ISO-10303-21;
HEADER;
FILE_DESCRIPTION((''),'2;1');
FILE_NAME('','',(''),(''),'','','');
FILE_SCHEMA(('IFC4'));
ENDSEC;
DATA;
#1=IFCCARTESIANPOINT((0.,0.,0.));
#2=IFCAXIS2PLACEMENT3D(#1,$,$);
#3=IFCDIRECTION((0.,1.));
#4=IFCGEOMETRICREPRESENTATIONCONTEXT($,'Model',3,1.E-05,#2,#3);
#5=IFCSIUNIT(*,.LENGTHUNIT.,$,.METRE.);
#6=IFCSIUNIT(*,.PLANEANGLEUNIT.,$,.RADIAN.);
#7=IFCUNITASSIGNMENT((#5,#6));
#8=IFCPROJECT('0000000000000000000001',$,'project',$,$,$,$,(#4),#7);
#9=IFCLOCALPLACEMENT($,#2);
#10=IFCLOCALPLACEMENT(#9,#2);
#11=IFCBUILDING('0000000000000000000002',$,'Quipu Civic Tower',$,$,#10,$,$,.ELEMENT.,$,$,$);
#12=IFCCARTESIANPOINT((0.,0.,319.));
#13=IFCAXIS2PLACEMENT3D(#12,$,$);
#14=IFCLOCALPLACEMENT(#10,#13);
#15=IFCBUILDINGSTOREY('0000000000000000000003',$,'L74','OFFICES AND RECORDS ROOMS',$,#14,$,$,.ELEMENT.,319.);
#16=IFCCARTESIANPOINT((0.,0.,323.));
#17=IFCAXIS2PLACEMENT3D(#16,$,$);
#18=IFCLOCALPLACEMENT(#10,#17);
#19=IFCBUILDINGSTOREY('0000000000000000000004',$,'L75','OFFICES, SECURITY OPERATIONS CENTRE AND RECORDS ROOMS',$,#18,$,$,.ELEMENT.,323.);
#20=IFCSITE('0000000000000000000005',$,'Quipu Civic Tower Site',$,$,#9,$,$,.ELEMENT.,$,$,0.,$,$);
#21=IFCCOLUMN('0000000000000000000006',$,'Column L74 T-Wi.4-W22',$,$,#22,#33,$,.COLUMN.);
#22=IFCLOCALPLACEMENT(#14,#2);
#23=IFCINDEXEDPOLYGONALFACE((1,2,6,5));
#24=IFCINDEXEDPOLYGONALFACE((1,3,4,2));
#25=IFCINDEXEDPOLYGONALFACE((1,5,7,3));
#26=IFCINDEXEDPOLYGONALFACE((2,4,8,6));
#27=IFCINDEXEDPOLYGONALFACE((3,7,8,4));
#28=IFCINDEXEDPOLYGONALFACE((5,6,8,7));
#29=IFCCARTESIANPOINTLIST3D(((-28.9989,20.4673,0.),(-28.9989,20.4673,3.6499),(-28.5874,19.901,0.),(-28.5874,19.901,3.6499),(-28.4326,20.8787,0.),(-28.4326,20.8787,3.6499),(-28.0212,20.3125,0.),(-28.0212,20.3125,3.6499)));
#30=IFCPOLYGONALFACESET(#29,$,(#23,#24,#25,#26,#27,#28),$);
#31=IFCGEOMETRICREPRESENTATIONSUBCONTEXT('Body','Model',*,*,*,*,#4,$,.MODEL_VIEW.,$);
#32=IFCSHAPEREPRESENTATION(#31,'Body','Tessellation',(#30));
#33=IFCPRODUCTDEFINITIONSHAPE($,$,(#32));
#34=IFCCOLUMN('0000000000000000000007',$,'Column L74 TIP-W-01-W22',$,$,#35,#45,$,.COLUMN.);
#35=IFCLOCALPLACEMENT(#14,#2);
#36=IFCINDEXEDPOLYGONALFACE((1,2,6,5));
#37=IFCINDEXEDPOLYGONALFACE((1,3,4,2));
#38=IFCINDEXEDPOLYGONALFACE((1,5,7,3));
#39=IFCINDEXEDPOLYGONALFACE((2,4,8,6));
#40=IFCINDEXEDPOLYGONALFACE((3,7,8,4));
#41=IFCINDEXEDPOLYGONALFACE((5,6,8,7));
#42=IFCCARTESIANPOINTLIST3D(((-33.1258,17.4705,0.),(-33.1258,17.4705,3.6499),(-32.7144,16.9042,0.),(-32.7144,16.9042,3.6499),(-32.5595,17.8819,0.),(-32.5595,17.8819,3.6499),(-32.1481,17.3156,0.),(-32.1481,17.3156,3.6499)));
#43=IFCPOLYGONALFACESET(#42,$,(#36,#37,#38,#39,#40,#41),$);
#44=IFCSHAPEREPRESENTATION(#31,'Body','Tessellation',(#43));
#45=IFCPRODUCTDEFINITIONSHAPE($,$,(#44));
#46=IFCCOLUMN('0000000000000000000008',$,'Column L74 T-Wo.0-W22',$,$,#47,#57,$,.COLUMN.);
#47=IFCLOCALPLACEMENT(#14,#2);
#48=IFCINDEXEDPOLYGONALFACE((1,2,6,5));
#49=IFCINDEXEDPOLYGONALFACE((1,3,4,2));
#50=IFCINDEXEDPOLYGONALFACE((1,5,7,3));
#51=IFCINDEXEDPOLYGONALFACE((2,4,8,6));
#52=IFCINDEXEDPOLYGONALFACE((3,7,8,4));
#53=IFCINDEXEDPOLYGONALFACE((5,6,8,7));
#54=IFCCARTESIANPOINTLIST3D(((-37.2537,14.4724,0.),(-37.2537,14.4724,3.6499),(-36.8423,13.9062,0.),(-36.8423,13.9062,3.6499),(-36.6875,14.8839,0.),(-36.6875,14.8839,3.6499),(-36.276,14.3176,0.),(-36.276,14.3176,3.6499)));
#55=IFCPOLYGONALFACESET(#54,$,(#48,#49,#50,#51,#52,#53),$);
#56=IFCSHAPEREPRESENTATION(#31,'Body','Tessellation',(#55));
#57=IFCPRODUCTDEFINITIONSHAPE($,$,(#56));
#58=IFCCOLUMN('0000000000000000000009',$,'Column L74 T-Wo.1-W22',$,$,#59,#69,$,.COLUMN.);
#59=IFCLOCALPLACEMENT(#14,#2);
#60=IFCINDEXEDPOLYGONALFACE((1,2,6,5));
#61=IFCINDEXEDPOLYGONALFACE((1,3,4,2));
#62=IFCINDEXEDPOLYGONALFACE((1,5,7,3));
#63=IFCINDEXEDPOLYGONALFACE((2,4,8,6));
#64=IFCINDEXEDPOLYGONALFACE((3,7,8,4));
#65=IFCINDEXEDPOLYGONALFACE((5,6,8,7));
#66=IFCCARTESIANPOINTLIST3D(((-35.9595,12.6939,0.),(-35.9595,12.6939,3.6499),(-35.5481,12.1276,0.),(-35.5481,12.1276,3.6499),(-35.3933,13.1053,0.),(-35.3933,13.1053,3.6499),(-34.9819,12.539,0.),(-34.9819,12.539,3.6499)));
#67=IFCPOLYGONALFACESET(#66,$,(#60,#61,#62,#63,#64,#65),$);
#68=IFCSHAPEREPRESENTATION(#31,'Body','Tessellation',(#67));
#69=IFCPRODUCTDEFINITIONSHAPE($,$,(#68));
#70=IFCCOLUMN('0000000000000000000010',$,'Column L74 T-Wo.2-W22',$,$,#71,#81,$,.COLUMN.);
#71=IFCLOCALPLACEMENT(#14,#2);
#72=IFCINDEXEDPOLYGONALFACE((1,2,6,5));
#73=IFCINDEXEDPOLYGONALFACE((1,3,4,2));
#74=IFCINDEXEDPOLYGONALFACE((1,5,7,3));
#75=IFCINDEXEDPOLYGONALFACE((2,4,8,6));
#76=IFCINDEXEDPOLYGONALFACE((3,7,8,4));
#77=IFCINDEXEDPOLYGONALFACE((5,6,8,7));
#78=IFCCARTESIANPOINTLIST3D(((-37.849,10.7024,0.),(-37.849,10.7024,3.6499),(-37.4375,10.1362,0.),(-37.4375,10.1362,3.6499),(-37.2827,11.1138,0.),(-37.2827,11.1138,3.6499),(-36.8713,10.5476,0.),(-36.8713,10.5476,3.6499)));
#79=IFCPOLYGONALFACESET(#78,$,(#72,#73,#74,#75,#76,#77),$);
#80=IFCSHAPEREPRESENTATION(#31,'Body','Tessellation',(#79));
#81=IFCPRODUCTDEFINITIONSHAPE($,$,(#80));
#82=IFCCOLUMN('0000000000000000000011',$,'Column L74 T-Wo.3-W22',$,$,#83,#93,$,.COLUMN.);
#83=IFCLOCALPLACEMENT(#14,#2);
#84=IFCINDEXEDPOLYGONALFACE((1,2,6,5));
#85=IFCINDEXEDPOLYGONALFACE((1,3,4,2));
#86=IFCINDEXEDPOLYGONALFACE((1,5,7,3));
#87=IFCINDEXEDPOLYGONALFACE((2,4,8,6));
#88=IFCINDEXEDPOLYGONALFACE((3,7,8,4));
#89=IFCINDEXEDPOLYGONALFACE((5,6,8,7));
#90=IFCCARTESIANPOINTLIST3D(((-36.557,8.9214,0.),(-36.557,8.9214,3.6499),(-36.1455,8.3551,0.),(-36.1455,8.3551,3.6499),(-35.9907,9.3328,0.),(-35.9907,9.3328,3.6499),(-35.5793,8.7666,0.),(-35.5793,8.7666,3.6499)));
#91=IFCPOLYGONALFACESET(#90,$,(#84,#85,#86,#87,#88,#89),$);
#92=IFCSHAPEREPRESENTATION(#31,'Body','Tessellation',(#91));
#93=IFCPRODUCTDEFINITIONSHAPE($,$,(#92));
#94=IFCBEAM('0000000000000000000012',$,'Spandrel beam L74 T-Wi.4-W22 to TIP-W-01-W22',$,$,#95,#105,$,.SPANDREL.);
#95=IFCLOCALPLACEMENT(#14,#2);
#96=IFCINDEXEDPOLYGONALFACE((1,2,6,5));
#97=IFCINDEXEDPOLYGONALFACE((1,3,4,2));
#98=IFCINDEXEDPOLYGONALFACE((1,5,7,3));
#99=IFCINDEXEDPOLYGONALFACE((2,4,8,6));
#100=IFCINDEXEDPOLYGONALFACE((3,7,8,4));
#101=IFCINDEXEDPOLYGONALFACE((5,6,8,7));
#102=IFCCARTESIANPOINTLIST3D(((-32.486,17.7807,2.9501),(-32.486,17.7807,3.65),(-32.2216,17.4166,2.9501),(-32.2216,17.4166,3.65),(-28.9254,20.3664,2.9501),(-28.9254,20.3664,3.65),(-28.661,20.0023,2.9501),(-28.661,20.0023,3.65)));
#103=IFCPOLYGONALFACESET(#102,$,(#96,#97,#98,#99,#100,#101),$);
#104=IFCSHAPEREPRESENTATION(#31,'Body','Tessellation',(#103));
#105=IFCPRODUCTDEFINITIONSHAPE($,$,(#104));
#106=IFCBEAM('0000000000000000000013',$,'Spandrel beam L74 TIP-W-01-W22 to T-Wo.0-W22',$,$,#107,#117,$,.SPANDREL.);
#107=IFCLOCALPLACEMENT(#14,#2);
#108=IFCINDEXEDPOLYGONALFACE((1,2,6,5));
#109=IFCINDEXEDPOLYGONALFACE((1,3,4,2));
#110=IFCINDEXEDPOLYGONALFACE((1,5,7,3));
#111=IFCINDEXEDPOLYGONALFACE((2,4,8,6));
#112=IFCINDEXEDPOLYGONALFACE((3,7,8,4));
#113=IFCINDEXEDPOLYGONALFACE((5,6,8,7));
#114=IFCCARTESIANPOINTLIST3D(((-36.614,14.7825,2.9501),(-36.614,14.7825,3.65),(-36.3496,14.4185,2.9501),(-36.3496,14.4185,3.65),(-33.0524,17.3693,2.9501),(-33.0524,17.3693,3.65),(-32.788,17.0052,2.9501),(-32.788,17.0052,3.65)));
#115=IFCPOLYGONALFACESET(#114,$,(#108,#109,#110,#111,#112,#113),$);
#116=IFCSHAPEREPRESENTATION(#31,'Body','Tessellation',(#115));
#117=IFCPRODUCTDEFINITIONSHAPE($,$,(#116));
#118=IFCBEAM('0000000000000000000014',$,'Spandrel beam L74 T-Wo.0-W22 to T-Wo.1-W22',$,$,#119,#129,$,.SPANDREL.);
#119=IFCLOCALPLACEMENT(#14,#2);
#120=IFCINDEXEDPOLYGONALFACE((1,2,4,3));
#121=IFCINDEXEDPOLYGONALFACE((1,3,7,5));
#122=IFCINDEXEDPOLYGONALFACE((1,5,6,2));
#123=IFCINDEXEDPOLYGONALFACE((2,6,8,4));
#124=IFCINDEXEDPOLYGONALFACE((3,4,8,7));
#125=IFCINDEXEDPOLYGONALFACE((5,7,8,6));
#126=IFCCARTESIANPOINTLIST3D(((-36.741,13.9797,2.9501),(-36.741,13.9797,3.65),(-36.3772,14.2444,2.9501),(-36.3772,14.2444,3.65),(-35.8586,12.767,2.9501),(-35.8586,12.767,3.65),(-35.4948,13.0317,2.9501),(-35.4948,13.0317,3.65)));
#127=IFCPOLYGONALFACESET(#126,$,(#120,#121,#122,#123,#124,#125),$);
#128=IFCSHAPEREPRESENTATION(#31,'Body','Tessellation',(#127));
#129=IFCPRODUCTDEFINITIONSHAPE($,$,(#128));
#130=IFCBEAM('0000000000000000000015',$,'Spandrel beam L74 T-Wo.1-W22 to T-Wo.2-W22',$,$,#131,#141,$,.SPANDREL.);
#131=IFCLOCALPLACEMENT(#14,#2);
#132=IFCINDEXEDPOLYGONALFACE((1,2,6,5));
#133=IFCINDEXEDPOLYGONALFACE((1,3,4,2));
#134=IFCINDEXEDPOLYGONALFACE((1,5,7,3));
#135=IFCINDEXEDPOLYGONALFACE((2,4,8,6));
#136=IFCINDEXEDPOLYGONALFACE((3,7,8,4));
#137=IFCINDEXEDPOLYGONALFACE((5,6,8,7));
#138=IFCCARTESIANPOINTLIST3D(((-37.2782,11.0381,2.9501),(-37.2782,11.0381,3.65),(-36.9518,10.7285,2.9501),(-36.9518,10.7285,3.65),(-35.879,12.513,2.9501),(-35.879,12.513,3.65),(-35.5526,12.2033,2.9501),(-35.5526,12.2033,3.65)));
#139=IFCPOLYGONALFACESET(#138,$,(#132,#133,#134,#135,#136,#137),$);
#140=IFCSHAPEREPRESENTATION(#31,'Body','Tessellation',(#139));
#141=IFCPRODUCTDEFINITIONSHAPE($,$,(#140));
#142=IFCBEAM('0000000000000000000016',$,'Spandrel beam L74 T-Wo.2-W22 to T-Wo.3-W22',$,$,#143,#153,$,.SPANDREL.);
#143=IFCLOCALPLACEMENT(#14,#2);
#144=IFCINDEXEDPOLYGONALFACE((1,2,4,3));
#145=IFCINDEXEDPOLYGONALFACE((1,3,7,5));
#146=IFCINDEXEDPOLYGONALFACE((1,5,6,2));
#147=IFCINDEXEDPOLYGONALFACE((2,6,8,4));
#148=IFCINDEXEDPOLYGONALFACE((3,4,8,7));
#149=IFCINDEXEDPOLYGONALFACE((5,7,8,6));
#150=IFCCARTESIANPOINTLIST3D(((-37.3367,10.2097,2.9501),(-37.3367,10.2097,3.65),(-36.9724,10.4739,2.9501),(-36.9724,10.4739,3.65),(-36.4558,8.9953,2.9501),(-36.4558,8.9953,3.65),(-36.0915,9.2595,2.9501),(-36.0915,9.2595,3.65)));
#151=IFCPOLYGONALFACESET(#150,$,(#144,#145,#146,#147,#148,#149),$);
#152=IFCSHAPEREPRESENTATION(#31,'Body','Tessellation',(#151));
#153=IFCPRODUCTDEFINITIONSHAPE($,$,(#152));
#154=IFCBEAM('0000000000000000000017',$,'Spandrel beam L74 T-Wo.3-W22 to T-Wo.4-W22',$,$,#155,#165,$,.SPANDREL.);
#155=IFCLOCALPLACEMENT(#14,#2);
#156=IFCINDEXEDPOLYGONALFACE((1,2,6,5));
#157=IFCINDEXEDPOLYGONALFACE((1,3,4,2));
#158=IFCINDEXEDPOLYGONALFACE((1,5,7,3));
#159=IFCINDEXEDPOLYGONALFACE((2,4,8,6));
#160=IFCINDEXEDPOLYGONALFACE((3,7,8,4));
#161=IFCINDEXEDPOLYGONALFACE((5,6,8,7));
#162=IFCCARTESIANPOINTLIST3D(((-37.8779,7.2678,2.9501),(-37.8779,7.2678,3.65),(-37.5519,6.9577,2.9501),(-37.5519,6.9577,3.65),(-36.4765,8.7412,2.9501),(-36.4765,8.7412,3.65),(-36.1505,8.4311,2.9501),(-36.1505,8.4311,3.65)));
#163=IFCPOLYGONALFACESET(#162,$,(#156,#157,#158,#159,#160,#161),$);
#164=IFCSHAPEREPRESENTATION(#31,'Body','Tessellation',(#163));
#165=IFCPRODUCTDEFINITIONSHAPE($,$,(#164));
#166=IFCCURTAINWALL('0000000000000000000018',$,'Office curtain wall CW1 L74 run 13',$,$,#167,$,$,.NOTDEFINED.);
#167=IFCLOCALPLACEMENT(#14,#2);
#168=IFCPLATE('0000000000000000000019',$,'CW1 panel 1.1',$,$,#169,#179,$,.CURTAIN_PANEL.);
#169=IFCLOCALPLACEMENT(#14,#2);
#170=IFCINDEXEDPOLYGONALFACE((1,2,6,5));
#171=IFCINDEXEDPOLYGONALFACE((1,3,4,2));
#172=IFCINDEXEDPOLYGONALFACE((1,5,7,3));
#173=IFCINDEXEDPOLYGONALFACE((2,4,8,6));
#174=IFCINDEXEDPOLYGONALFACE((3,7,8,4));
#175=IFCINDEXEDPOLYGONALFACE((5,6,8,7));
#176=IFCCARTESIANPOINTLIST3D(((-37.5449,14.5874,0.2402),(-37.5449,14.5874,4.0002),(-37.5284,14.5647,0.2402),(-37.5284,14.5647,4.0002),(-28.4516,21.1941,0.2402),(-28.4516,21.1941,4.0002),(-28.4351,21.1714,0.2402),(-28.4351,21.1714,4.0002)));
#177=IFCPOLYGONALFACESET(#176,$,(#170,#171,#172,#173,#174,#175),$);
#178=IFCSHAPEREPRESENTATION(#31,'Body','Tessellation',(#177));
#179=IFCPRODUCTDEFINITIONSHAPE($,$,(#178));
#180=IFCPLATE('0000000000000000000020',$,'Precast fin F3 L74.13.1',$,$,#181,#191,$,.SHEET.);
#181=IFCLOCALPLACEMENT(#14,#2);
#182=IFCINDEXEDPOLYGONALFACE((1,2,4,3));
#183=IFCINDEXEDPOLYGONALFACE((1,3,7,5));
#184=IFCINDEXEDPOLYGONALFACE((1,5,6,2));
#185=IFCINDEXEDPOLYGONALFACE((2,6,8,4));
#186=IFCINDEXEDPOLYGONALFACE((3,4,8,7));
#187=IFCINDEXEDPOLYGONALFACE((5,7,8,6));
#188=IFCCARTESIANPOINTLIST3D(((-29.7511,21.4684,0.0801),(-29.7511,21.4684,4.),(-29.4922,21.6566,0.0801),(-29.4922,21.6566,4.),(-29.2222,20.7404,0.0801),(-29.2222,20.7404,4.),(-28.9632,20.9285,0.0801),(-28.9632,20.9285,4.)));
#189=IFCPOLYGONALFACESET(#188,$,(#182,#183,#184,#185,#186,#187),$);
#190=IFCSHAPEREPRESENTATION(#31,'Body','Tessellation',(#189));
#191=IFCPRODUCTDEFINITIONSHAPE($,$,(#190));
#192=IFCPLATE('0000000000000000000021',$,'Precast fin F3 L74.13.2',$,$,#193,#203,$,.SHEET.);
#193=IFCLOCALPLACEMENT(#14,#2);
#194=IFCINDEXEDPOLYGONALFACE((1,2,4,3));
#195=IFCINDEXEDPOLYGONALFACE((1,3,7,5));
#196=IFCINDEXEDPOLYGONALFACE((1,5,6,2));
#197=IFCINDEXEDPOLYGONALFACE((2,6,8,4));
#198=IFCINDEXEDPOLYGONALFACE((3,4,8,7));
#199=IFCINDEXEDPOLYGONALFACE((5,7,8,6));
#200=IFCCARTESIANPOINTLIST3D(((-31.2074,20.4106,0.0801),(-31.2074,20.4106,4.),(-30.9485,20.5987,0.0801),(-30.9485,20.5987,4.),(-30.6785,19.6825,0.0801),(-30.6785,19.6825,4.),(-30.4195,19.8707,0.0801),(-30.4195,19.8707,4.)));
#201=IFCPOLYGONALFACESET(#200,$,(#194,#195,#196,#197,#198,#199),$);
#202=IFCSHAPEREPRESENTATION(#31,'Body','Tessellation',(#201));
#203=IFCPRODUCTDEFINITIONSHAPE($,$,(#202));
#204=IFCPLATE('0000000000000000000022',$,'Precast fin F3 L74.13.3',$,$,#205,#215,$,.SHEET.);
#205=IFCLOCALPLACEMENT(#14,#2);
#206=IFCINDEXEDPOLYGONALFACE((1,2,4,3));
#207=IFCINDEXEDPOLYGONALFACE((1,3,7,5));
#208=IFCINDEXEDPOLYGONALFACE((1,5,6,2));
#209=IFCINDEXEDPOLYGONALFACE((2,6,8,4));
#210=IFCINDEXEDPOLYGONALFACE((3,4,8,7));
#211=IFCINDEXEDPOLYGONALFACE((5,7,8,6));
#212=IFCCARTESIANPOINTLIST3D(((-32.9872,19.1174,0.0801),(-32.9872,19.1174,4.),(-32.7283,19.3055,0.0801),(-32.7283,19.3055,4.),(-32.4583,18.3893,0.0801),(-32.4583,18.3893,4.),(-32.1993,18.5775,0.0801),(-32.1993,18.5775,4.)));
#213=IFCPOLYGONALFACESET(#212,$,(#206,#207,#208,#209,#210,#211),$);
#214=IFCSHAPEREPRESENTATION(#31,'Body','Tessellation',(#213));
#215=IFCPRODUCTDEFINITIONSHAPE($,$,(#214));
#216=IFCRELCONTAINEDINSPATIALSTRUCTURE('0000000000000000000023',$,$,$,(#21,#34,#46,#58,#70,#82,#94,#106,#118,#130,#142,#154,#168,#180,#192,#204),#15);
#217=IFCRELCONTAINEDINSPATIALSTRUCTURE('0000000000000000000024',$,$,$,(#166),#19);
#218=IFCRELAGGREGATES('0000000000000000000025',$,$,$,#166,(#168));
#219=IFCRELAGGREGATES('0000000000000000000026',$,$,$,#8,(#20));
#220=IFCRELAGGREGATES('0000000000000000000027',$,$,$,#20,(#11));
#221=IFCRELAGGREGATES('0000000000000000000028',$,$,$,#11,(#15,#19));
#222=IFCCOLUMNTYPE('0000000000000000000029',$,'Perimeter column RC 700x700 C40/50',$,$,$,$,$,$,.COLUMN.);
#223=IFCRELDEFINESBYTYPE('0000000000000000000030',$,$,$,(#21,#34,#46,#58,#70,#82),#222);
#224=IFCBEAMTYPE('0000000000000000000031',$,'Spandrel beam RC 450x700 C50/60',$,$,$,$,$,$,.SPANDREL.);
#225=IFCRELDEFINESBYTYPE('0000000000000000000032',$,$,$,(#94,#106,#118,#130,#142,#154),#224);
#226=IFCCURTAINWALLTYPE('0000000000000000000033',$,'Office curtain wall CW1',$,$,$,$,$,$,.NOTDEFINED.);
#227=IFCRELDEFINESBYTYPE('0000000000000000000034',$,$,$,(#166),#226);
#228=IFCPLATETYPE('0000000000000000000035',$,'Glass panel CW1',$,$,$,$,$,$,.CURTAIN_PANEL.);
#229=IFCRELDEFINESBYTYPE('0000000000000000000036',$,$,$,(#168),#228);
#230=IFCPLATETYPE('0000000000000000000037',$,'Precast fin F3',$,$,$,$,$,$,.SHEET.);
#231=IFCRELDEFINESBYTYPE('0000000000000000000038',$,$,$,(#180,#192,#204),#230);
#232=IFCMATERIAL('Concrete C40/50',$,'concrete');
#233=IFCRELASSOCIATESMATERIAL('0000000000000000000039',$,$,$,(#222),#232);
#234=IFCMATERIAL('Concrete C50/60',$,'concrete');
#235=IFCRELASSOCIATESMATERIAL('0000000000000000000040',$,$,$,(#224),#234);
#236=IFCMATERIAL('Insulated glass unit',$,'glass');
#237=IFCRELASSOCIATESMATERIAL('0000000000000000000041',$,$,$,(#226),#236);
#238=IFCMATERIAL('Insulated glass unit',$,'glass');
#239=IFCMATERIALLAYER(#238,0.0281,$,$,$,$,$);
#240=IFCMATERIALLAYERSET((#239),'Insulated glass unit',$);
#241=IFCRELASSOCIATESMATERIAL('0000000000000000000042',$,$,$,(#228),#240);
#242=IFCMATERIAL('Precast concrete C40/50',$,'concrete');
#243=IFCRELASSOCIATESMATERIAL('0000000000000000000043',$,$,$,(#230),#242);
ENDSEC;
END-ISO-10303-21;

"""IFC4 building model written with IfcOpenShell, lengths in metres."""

from ifc_helpers import new_model, si_unit, direction, frame, origin, origin_2d, place, context, subcontext, project, spatial, rectangle, extrude, material, layer, layer_set, material_profile, profile_set, type_object, element, aggregate, save


model = new_model("IFC4")

# Units and contexts
model_context = context("Model", 3, precision=1e-05, world=origin(), true_north=direction((0.0, 1.0)))
body_context = subcontext(model_context, "Body", "Model", "MODEL_VIEW")
ifc_project = project(units=[si_unit("LENGTHUNIT", "METRE"), si_unit("PLANEANGLEUNIT", "RADIAN")], contexts=[model_context])

# Site, building, storey
site_placement = place(None, origin())
site = spatial("IfcSite", under=ifc_project, at=site_placement, Name="Quipu Civic Tower Site", CompositionType="ELEMENT", RefElevation=0.0)
building_placement = place(site_placement, origin())
building = spatial("IfcBuilding", under=site, at=building_placement, Name="Quipu Civic Tower", CompositionType="ELEMENT")
storey_1_placement = place(building_placement, frame((0.0, 0.0, 319.0)))
storey_1 = spatial("IfcBuildingStorey", under=building, at=storey_1_placement, Name="L74", Description="OFFICES AND RECORDS ROOMS", CompositionType="ELEMENT", Elevation=319.0)

# Columns
ifc_material_1 = material(Name="Concrete C40/50", Category="concrete")
ifc_material_profile_1 = material_profile(ifc_material_1, rectangle(XDim=0.7, YDim=0.7, at=origin_2d()), Name="RC700x700")
ifc_profile_set_1 = profile_set([ifc_material_profile_1], Name="Concrete C40/50")
column_type = type_object("IfcColumnType", Name="Perimeter column RC 700x700 C40/50", PredefinedType="COLUMN", material=ifc_profile_set_1)
for number, where, z_axis, x_axis, name in (
    (1, (-28.51, 20.3899, 0.0), (0.0, 0.0, 1.0), (-0.809017, -0.587785, 0.0), "Column L74 T-Wi.4-W22"),
    (2, (-32.637, 17.3931, 0.0), (0.0, 0.0, 1.0), (-0.809017, -0.587785, 0.0), "Column L74 TIP-W-01-W22"),
    (3, (-36.7649, 14.395, 0.0), (0.0, 0.0, 1.0), (0.587785, -0.809017, 0.0), "Column L74 T-Wo.0-W22"),
    (4, (-35.4707, 12.6165, 0.0), (0.0, 0.0, 1.0), (-0.809017, -0.587785, 0.0), "Column L74 T-Wo.1-W22"),
    (5, (-37.3601, 10.625, 0.0), (0.0, 0.0, 1.0), (0.587785, -0.809017, 0.0), "Column L74 T-Wo.2-W22"),
    (6, (-36.0681, 8.844, 0.0), (0.0, 0.0, 1.0), (0.587785, -0.809017, 0.0), "Column L74 T-Wo.3-W22"),
):
    element("IfcColumn", number, at=place(storey_1_placement, frame(where, z_axis=z_axis, x_axis=x_axis)), inside=storey_1, type_object=column_type, Name=name, PredefinedType="COLUMN", context=body_context, shape_type="SweptSolid", body=[
        extrude(rectangle(XDim=0.7, YDim=0.7, at=origin_2d()), origin(), (0.0, 0.0, 1.0), 3.6499),
    ])

# Beams
ifc_material_2 = material(Name="Concrete C50/60", Category="concrete")
ifc_material_profile_2 = material_profile(ifc_material_2, rectangle(XDim=0.45, YDim=0.7, at=origin_2d()), Name="RC450x700")
ifc_profile_set_2 = profile_set([ifc_material_profile_2], Name="Concrete C50/60")
beam_type = type_object("IfcBeamType", Name="Spandrel beam RC 450x700 C50/60", PredefinedType="SPANDREL", material=ifc_profile_set_2)
beam_1_placement = place(storey_1_placement, frame((-28.7932, 20.1843, 3.3), z_axis=(-0.809146, -0.587607, 0.0), x_axis=(0.587607, -0.809146, 0.0)))
element("IfcBeam", 7, at=beam_1_placement, inside=storey_1, type_object=beam_type, Name="Spandrel beam L74 T-Wi.4-W22 to TIP-W-01-W22", PredefinedType="SPANDREL", context=body_context, shape_type="SweptSolid", body=[
    extrude(rectangle(XDim=0.45, YDim=0.7, at=origin_2d()), origin(), (0.0, 0.0, 1.0), 4.4004),
])
beam_2_placement = place(storey_1_placement, frame((-32.9202, 17.1873, 3.3), z_axis=(-0.809117, -0.587647, 0.0), x_axis=(0.587647, -0.809117, 0.0)))
element("IfcBeam", 8, at=beam_2_placement, inside=storey_1, type_object=beam_type, Name="Spandrel beam L74 TIP-W-01-W22 to T-Wo.0-W22", PredefinedType="SPANDREL", context=body_context, shape_type="SweptSolid", body=[
    extrude(rectangle(XDim=0.45, YDim=0.7, at=origin_2d()), origin(), (0.0, 0.0, 1.0), 4.4019),
])
beam_3_placement = place(storey_1_placement, frame((-36.5591, 14.1121, 3.3), z_axis=(0.588346, -0.808609, 0.0), x_axis=(0.808609, 0.588346, 0.0)))
element("IfcBeam", 9, at=beam_3_placement, inside=storey_1, type_object=beam_type, Name="Spandrel beam L74 T-Wo.0-W22 to T-Wo.1-W22", PredefinedType="SPANDREL", context=body_context, shape_type="SweptSolid", body=[
    extrude(rectangle(XDim=0.45, YDim=0.7, at=origin_2d()), origin(), (0.0, 0.0, 1.0), 1.4998),
])
beam_4_placement = place(storey_1_placement, frame((-35.7158, 12.3582, 3.3), z_axis=(-0.688247, -0.725476, 0.0), x_axis=(0.725476, -0.688247, 0.0)))
element("IfcBeam", 10, at=beam_4_placement, inside=storey_1, type_object=beam_type, Name="Spandrel beam L74 T-Wo.1-W22 to T-Wo.2-W22", PredefinedType="SPANDREL", context=body_context, shape_type="SweptSolid", body=[
    extrude(rectangle(XDim=0.45, YDim=0.7, at=origin_2d()), origin(), (0.0, 0.0, 1.0), 2.033),
])
beam_5_placement = place(storey_1_placement, frame((-37.1545, 10.3418, 3.3), z_axis=(0.587165, -0.809467, 0.0), x_axis=(0.809467, 0.587165, 0.0)))
element("IfcBeam", 11, at=beam_5_placement, inside=storey_1, type_object=beam_type, Name="Spandrel beam L74 T-Wo.2-W22 to T-Wo.3-W22", PredefinedType="SPANDREL", context=body_context, shape_type="SweptSolid", body=[
    extrude(rectangle(XDim=0.45, YDim=0.7, at=origin_2d()), origin(), (0.0, 0.0, 1.0), 1.5002),
])
beam_6_placement = place(storey_1_placement, frame((-36.3135, 8.5862, 3.3), z_axis=(-0.689175, -0.724595, 0.0), x_axis=(0.724595, -0.689175, 0.0)))
element("IfcBeam", 12, at=beam_6_placement, inside=storey_1, type_object=beam_type, Name="Spandrel beam L74 T-Wo.3-W22 to T-Wo.4-W22", PredefinedType="SPANDREL", context=body_context, shape_type="SweptSolid", body=[
    extrude(rectangle(XDim=0.45, YDim=0.7, at=origin_2d()), origin(), (0.0, 0.0, 1.0), 2.0334),
])

# Shared definitions
storey_2_placement = place(building_placement, frame((0.0, 0.0, 323.0)))
storey_2 = spatial("IfcBuildingStorey", under=building, at=storey_2_placement, Name="L75", Description="OFFICES, SECURITY OPERATIONS CENTRE AND RECORDS ROOMS", CompositionType="ELEMENT", Elevation=323.0)

# Curtain wall, plate
ifc_material_3 = material(Name="Insulated glass unit", Category="glass")
curtain_wall_type = type_object("IfcCurtainWallType", Name="Office curtain wall CW1", PredefinedType="NOTDEFINED", material=ifc_material_3)
curtain_wall_placement = place(storey_2_placement, origin())
curtain_wall = element("IfcCurtainWall", 13, at=curtain_wall_placement, inside=storey_2, type_object=curtain_wall_type, Name="Office curtain wall CW1 L74 run 13", PredefinedType="NOTDEFINED")
ifc_material_4 = material(Name="Insulated glass unit", Category="glass")
ifc_layer = layer(ifc_material_4, 0.0281)
ifc_layer_set = layer_set([ifc_layer], Name="Insulated glass unit")
plate_type_1 = type_object("IfcPlateType", Name="Glass panel CW1", PredefinedType="CURTAIN_PANEL", material=ifc_layer_set)
plate_placement = place(storey_1_placement, frame((-32.99, 17.8794, 0.2402), z_axis=(0.0, 0.0, 1.0), x_axis=(-0.809015, -0.587788, 0.0)))
plate = element("IfcPlate", 14, at=plate_placement, inside=storey_1, type_object=plate_type_1, Name="CW1 panel 1.1", PredefinedType="CURTAIN_PANEL", context=body_context, shape_type="SweptSolid", body=[
    extrude(rectangle(XDim=11.24, YDim=0.0281, at=origin_2d()), origin(), (0.0, 0.0, 1.0), 3.76),
])
aggregate(curtain_wall, [plate])

# Plates
ifc_material_5 = material(Name="Precast concrete C40/50", Category="concrete")
plate_type_2 = type_object("IfcPlateType", Name="Precast fin F3", PredefinedType="SHEET", material=ifc_material_5)
for number, where, z_axis, x_axis, name in (
    (15, (-29.3572, 21.1985, 0.0801), (0.0, 0.0, 1.0), (-0.809017, -0.587785, 0.0), "Precast fin F3 L74.13.1"),
    (16, (-30.8135, 20.1406, 0.0801), (0.0, 0.0, 1.0), (-0.809017, -0.587785, 0.0), "Precast fin F3 L74.13.2"),
    (17, (-32.5933, 18.8474, 0.0801), (0.0, 0.0, 1.0), (-0.809017, -0.587785, 0.0), "Precast fin F3 L74.13.3"),
):
    element("IfcPlate", number, at=place(storey_1_placement, frame(where, z_axis=z_axis, x_axis=x_axis)), inside=storey_1, type_object=plate_type_2, Name=name, PredefinedType="SHEET", context=body_context, shape_type="SweptSolid", body=[
        extrude(rectangle(XDim=0.3201, YDim=0.8999, at=origin_2d()), origin(), (0.0, 0.0, 1.0), 3.9199),
    ])

save(model, "model.ifc")
